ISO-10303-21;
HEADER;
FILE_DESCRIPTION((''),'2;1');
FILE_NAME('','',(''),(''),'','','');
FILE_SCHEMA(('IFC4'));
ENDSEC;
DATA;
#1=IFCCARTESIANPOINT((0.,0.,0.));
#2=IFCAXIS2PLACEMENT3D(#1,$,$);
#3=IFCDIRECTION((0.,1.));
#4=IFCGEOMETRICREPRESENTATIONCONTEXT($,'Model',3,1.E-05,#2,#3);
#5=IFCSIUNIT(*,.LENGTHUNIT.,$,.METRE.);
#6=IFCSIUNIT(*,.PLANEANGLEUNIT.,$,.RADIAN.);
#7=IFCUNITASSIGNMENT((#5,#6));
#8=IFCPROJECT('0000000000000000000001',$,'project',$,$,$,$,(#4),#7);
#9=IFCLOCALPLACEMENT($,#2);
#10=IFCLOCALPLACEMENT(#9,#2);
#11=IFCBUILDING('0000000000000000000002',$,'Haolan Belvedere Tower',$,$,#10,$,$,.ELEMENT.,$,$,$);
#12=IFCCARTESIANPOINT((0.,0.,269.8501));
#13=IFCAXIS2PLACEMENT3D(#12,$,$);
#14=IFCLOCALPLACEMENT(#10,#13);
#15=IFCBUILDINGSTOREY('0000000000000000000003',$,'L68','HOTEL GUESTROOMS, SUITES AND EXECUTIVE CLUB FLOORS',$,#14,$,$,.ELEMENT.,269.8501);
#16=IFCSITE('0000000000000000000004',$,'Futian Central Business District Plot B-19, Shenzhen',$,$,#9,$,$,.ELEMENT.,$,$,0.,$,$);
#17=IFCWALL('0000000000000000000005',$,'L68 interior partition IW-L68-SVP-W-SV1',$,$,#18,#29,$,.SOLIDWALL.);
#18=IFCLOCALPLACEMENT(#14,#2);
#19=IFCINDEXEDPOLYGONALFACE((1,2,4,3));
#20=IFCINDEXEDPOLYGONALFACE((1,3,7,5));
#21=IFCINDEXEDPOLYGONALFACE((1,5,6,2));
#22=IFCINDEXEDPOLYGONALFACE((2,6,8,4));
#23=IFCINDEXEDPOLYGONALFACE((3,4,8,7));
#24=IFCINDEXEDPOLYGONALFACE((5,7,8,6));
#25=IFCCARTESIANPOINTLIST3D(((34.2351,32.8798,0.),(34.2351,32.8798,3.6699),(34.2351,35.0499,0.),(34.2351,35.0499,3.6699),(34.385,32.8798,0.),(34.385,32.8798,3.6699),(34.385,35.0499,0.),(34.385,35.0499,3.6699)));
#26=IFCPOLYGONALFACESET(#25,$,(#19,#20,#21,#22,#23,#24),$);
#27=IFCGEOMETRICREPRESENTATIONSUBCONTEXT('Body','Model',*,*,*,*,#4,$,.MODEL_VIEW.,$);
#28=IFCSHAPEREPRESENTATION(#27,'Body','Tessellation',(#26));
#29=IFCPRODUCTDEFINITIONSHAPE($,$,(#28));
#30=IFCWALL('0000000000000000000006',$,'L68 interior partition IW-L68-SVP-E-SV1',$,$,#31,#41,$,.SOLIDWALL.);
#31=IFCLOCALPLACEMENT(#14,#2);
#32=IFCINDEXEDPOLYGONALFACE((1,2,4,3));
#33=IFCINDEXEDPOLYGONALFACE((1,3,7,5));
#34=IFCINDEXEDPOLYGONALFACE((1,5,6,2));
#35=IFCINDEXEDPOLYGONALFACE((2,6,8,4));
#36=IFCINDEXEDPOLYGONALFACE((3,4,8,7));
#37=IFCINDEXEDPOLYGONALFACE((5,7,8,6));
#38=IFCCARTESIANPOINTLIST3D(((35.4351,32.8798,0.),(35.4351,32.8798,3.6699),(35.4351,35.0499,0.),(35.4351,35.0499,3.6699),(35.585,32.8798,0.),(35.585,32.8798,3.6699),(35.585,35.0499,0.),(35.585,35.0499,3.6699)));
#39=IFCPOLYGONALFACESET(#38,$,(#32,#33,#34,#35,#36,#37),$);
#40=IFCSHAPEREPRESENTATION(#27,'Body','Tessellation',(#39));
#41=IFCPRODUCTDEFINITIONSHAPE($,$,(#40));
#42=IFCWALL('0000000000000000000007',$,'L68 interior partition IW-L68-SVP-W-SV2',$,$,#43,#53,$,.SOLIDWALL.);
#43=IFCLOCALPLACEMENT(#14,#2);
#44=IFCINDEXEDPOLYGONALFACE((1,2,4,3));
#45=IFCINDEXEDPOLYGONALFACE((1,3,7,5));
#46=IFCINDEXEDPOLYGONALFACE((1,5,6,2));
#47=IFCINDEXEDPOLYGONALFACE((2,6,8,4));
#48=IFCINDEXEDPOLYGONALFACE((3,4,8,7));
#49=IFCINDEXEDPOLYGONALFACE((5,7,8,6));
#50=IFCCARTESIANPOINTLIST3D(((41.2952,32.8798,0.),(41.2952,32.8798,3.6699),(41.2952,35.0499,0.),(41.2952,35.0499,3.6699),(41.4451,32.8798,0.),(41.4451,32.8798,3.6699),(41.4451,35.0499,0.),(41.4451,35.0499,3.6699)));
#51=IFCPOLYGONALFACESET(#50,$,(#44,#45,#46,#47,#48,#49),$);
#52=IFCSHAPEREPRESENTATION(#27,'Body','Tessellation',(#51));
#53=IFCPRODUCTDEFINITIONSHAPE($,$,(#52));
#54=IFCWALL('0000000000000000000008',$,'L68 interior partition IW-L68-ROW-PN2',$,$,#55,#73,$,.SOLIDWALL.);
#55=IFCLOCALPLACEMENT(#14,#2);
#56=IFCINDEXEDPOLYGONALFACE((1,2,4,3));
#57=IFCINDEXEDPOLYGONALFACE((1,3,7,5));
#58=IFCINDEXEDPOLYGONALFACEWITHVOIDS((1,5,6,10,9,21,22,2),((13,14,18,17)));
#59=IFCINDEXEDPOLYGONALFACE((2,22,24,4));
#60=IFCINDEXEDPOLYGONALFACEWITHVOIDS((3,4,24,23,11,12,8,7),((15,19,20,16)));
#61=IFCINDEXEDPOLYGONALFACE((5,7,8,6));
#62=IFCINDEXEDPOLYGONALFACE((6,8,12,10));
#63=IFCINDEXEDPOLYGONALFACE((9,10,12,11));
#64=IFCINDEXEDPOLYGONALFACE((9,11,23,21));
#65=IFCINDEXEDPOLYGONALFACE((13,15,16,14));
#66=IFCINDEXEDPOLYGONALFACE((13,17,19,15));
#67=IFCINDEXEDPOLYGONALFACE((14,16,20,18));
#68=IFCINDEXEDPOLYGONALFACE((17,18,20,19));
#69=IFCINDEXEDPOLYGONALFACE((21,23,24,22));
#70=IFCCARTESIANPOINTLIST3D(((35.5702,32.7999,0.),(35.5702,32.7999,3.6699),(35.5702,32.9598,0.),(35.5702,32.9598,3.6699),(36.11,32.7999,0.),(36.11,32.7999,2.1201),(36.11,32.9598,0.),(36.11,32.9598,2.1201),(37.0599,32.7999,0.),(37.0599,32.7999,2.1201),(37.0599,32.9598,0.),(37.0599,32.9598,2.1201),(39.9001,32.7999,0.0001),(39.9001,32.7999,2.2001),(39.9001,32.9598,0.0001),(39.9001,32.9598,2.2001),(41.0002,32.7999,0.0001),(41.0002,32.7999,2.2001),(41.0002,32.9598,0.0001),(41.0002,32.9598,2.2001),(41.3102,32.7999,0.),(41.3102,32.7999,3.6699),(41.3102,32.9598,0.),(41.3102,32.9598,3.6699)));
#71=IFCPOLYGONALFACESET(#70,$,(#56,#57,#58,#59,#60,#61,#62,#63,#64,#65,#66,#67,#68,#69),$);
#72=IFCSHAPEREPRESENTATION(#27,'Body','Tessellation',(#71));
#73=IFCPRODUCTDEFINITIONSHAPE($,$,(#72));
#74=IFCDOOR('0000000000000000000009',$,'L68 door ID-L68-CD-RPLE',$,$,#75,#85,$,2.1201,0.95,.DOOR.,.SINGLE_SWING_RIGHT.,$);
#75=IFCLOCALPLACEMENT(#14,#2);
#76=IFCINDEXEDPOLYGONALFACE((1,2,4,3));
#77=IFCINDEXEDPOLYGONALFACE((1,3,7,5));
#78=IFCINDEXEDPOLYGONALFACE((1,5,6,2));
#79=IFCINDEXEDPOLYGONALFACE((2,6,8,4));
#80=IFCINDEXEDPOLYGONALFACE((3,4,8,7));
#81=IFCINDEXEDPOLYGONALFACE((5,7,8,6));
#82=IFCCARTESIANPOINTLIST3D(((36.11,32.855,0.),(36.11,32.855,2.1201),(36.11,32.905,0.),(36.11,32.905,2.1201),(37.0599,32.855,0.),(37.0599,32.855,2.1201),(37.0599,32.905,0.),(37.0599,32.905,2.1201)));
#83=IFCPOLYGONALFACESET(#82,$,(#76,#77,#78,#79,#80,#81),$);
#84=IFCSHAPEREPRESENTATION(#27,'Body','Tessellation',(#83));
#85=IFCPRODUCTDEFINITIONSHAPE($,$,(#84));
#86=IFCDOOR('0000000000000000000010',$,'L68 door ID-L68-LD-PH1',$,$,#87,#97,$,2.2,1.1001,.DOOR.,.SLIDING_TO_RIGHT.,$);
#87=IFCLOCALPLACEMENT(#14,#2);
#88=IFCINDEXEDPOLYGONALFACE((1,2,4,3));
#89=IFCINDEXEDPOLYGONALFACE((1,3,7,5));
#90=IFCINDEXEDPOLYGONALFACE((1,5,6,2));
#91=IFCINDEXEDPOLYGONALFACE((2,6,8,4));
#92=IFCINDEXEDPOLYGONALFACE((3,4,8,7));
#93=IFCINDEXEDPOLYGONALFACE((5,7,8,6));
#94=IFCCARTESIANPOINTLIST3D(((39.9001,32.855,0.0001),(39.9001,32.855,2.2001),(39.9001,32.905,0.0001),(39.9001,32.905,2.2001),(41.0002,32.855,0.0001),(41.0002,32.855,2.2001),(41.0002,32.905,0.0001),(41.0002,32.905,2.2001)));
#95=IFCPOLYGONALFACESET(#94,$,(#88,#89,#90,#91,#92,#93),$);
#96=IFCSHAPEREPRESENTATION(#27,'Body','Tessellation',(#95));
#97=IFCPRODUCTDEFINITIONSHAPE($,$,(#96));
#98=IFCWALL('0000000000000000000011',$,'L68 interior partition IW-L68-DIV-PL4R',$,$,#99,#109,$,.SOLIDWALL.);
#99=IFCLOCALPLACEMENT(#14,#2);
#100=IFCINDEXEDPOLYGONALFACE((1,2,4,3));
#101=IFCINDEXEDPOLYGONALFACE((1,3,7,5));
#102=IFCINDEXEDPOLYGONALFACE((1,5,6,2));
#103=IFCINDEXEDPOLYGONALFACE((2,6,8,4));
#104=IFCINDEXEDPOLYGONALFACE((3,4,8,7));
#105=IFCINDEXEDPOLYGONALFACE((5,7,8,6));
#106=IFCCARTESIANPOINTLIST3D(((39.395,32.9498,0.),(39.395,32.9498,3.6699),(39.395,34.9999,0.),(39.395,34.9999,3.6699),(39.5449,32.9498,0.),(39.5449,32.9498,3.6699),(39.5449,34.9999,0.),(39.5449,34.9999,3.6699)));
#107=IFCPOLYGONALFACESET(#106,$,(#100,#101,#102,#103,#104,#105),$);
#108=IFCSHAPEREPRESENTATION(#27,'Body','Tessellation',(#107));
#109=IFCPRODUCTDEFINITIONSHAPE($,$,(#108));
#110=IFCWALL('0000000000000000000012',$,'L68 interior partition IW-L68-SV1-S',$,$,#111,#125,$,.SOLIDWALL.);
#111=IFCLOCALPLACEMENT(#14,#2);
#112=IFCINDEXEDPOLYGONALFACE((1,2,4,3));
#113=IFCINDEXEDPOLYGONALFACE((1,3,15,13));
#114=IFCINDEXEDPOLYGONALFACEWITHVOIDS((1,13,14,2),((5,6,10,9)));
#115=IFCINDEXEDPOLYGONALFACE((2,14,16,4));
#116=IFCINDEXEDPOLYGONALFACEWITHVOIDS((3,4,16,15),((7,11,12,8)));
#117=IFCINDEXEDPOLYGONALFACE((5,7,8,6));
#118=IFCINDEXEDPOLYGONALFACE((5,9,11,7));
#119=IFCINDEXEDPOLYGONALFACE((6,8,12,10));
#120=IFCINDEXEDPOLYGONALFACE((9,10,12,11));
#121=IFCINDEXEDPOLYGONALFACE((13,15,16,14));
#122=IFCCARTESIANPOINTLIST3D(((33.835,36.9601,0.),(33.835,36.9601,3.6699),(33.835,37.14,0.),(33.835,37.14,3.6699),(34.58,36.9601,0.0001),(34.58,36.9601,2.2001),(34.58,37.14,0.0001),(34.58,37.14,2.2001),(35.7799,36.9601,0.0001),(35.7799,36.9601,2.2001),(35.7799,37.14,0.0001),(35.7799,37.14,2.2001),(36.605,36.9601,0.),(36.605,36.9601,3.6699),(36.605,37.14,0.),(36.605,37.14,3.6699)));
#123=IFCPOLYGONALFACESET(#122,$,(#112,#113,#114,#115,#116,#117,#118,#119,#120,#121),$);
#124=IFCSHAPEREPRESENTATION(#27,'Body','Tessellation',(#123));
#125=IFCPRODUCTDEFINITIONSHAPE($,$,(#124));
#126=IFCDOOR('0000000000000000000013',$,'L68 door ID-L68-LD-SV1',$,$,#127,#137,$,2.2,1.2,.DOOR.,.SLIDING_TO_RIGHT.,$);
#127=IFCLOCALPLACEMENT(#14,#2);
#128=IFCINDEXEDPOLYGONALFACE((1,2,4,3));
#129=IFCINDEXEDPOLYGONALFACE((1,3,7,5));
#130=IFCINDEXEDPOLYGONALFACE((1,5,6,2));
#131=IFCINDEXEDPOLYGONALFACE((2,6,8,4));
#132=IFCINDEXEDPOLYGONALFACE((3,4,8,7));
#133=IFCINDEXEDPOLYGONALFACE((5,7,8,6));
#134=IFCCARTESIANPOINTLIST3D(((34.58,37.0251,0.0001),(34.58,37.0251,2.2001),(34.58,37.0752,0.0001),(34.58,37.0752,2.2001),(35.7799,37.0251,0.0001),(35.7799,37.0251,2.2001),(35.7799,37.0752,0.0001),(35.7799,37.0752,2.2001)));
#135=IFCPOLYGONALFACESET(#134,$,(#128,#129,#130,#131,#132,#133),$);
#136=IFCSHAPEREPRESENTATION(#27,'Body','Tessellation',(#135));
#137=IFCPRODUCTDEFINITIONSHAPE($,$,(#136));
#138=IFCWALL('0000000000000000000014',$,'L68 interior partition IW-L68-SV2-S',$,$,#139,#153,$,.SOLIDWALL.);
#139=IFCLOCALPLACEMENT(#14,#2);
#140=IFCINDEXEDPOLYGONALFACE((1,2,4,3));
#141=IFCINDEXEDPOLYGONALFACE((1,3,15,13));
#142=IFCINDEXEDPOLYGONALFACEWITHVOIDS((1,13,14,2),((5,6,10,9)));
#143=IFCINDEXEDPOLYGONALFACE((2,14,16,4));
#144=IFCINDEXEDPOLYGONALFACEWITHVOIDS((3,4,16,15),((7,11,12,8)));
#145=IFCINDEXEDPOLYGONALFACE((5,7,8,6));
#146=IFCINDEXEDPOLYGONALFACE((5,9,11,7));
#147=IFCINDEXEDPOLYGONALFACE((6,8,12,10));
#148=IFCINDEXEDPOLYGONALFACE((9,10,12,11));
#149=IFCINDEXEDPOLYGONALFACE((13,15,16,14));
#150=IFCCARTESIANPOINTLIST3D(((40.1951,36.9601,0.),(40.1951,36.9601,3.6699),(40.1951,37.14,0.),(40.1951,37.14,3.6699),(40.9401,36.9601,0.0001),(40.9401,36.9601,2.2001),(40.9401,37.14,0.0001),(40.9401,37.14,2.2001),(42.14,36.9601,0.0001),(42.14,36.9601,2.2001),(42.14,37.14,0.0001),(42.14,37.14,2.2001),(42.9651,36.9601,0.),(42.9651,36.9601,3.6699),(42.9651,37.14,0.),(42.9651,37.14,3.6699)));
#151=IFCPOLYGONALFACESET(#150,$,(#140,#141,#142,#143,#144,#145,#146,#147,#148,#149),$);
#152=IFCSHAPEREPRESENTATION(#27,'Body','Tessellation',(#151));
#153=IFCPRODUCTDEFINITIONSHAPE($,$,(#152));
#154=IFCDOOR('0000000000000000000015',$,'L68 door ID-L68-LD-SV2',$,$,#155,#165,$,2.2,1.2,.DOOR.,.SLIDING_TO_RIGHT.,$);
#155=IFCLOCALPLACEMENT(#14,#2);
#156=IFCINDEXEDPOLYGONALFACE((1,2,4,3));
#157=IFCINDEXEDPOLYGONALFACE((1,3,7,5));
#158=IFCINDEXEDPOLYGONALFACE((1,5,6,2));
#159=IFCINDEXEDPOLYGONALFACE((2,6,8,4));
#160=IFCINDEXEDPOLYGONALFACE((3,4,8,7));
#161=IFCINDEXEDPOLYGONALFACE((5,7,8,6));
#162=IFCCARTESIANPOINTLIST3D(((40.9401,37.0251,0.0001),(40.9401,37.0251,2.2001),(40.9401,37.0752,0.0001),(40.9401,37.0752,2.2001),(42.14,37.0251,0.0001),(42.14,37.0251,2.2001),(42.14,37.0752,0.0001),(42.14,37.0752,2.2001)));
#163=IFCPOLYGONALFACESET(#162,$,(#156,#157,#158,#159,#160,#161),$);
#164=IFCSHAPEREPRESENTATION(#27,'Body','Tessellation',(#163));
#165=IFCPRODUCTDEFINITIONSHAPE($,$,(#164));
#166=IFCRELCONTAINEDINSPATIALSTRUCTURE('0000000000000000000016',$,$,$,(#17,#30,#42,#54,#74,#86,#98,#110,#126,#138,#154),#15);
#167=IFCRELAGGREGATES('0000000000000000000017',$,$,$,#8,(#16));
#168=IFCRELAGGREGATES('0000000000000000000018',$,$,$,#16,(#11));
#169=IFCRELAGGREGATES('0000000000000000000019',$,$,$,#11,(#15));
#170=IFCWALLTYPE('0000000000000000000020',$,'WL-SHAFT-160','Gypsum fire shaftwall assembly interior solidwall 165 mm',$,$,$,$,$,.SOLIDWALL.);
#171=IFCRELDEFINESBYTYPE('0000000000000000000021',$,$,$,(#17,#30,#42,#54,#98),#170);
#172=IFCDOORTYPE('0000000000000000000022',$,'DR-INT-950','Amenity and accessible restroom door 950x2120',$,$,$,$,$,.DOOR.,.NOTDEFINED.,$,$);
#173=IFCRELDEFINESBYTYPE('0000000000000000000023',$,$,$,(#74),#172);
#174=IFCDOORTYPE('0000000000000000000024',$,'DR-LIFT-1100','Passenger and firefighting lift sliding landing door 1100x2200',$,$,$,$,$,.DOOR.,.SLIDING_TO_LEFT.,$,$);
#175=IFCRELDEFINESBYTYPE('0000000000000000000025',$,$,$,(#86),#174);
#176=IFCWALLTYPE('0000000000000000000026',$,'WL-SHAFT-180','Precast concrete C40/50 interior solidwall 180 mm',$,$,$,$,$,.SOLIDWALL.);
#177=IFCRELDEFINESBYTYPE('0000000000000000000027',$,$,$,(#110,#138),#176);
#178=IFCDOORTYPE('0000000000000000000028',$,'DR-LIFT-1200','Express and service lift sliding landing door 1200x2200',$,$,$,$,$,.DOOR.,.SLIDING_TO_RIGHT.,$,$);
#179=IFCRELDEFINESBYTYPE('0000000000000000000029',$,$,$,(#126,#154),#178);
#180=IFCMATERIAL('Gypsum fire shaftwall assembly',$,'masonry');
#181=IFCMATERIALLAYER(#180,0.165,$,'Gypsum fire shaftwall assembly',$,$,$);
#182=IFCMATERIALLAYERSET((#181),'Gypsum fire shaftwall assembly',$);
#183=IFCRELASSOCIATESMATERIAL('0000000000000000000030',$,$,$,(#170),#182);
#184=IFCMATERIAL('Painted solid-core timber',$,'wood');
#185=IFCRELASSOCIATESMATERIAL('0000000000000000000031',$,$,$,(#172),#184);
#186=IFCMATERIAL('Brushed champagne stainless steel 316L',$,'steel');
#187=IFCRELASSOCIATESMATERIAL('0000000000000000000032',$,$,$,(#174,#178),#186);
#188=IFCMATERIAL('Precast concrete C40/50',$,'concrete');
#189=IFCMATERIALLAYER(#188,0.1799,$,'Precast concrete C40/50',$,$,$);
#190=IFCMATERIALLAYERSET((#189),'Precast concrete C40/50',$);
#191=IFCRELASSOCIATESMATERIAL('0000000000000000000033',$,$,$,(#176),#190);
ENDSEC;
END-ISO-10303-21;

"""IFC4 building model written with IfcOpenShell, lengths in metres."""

from ifc_helpers import new_model, si_unit, direction, frame, frame_2d, origin, place, context, subcontext, project, spatial, rectangle, extrude, material, layer, layer_set, type_object, element, fill, save


model = new_model("IFC4")

# Units and contexts
model_context = context("Model", 3, precision=1e-05, world=origin(), true_north=direction((0.0, 1.0)))
body_context = subcontext(model_context, "Body", "Model", "MODEL_VIEW")
ifc_project = project(units=[si_unit("LENGTHUNIT", "METRE"), si_unit("PLANEANGLEUNIT", "RADIAN")], contexts=[model_context])

# Site, building, storey
site_placement = place(None, origin())
site = spatial("IfcSite", under=ifc_project, at=site_placement, Name="Futian Central Business District Plot B-19, Shenzhen", CompositionType="ELEMENT", RefElevation=0.0)
building_placement = place(site_placement, origin())
building = spatial("IfcBuilding", under=site, at=building_placement, Name="Haolan Belvedere Tower", CompositionType="ELEMENT")
storey_placement = place(building_placement, frame((0.0, 0.0, 269.8501)))
storey = spatial("IfcBuildingStorey", under=building, at=storey_placement, Name="L68", Description="HOTEL GUESTROOMS, SUITES AND EXECUTIVE CLUB FLOORS", CompositionType="ELEMENT", Elevation=269.8501)

# Walls
ifc_material_1 = material(Name="Gypsum fire shaftwall assembly", Category="masonry")
ifc_layer_1 = layer(ifc_material_1, 0.165, Name="Gypsum fire shaftwall assembly")
ifc_layer_set_1 = layer_set([ifc_layer_1], Name="Gypsum fire shaftwall assembly")
wall_type_1 = type_object("IfcWallType", Name="WL-SHAFT-160", Description="Gypsum fire shaftwall assembly interior solidwall 165 mm", PredefinedType="SOLIDWALL", material=ifc_layer_set_1)
for number, where, z_axis, x_axis, name in (
    (1, (34.3101, 32.8799, 0.0), (0.0, 0.0, 1.0), (0.0, 1.0, 0.0), "L68 interior partition IW-L68-SVP-W-SV1"),
    (2, (35.51, 32.8799, 0.0), (0.0, 0.0, 1.0), (0.0, 1.0, 0.0), "L68 interior partition IW-L68-SVP-E-SV1"),
    (3, (41.3701, 32.8799, 0.0), (0.0, 0.0, 1.0), (0.0, 1.0, 0.0), "L68 interior partition IW-L68-SVP-W-SV2"),
):
    element("IfcWall", number, at=place(storey_placement, frame(where, z_axis=z_axis, x_axis=x_axis)), inside=storey, type_object=wall_type_1, Name=name, PredefinedType="SOLIDWALL", context=body_context, shape_type="SweptSolid", body=[
        extrude(rectangle(XDim=2.1702, YDim=0.1499, at=frame_2d((1.085, 0.0))), origin(), (0.0, 0.0, 1.0), 3.6699),
    ])

# Wall, openings, doors
wall_1_placement = place(storey_placement, frame((35.5701, 32.8799, 0.0), z_axis=(0.0, 0.0, 1.0), x_axis=(1.0, 0.0, 0.0)))
wall_1 = element("IfcWall", 4, at=wall_1_placement, inside=storey, type_object=wall_type_1, Name="L68 interior partition IW-L68-ROW-PN2", PredefinedType="SOLIDWALL", context=body_context, shape_type="SweptSolid", body=[
    extrude(rectangle(XDim=5.74, YDim=0.1599, at=frame_2d((2.8701, 0.0))), origin(), (0.0, 0.0, 1.0), 3.6699),
])
opening_1_placement = place(wall_1_placement, frame((1.49, 0.0, 0.0), z_axis=(0.0, 0.0, 1.0), x_axis=(-1.0, 0.0, 0.0)))
opening_1 = element("IfcOpeningElement", 5, at=opening_1_placement, cuts=wall_1, PredefinedType="OPENING", context=body_context, shape_type="SweptSolid", body=[
    extrude(rectangle(XDim=0.95, YDim=2.1201, at=frame_2d((0.4751, 1.0601))), frame((0.0, 0.0898, 0.0), z_axis=(0.0, -1.0, 0.0), x_axis=(1.0, 0.0, 0.0)), (0.0, 0.0, 1.0), 0.1799),
])
opening_2_placement = place(wall_1_placement, frame((5.4302, 0.0, 0.0), z_axis=(0.0, 0.0, 1.0), x_axis=(-1.0, 0.0, 0.0)))
opening_2 = element("IfcOpeningElement", 6, at=opening_2_placement, cuts=wall_1, PredefinedType="OPENING", context=body_context, shape_type="SweptSolid", body=[
    extrude(rectangle(XDim=1.1001, YDim=2.2, at=frame_2d((0.55, 1.1001))), frame((0.0, 0.0898, 0.0), z_axis=(0.0, -1.0, 0.0), x_axis=(1.0, 0.0, 0.0)), (0.0, 0.0, 1.0), 0.1799),
])
ifc_material_2 = material(Name="Painted solid-core timber", Category="wood")
door_type_1 = type_object("IfcDoorType", Name="DR-INT-950", Description="Amenity and accessible restroom door 950x2120", OperationType="NOTDEFINED", PredefinedType="DOOR", material=ifc_material_2)
door_1_placement = place(opening_1_placement, origin())
door_1 = element("IfcDoor", 7, at=door_1_placement, inside=storey, type_object=door_type_1, Name="L68 door ID-L68-CD-RPLE", OperationType="SINGLE_SWING_RIGHT", OverallHeight=2.1201, OverallWidth=0.95, PredefinedType="DOOR", context=body_context, shape_type="SweptSolid", body=[
    extrude(rectangle(XDim=0.95, YDim=2.1201, at=frame_2d((0.4751, 1.0601))), frame((0.0, 0.0249, 0.0), z_axis=(0.0, -1.0, 0.0), x_axis=(1.0, 0.0, 0.0)), (0.0, 0.0, 1.0), 0.05),
])
fill(opening_1, door_1)
ifc_material_3 = material(Name="Brushed champagne stainless steel 316L", Category="steel")
door_type_2 = type_object("IfcDoorType", Name="DR-LIFT-1100", Description="Passenger and firefighting lift sliding landing door 1100x2200", OperationType="SLIDING_TO_LEFT", PredefinedType="DOOR", material=ifc_material_3)
door_2_placement = place(opening_2_placement, origin())
door_2 = element("IfcDoor", 8, at=door_2_placement, inside=storey, type_object=door_type_2, Name="L68 door ID-L68-LD-PH1", OperationType="SLIDING_TO_RIGHT", OverallHeight=2.2, OverallWidth=1.1001, PredefinedType="DOOR", context=body_context, shape_type="SweptSolid", body=[
    extrude(rectangle(XDim=1.1001, YDim=2.2, at=frame_2d((0.55, 1.1001))), frame((0.0, 0.0249, 0.0), z_axis=(0.0, -1.0, 0.0), x_axis=(1.0, 0.0, 0.0)), (0.0, 0.0, 1.0), 0.05),
])
fill(opening_2, door_2)

# Wall
wall_2_placement = place(storey_placement, frame((39.47, 32.95, 0.0), z_axis=(0.0, 0.0, 1.0), x_axis=(0.0, 1.0, 0.0)))
element("IfcWall", 9, at=wall_2_placement, inside=storey, type_object=wall_type_1, Name="L68 interior partition IW-L68-DIV-PL4R", PredefinedType="SOLIDWALL", context=body_context, shape_type="SweptSolid", body=[
    extrude(rectangle(XDim=2.05, YDim=0.1499, at=frame_2d((1.0249, 0.0))), origin(), (0.0, 0.0, 1.0), 3.6699),
])

# Walls, openings, doors
ifc_material_4 = material(Name="Precast concrete C40/50", Category="concrete")
ifc_layer_2 = layer(ifc_material_4, 0.1799, Name="Precast concrete C40/50")
ifc_layer_set_2 = layer_set([ifc_layer_2], Name="Precast concrete C40/50")
wall_type_2 = type_object("IfcWallType", Name="WL-SHAFT-180", Description="Precast concrete C40/50 interior solidwall 180 mm", PredefinedType="SOLIDWALL", material=ifc_layer_set_2)
wall_3_placement = place(storey_placement, frame((33.835, 37.05, 0.0), z_axis=(0.0, 0.0, 1.0), x_axis=(1.0, 0.0, 0.0)))
wall_3 = element("IfcWall", 10, at=wall_3_placement, inside=storey, type_object=wall_type_2, Name="L68 interior partition IW-L68-SV1-S", PredefinedType="SOLIDWALL", context=body_context, shape_type="SweptSolid", body=[
    extrude(rectangle(XDim=2.77, YDim=0.1799, at=frame_2d((1.385, 0.0))), origin(), (0.0, 0.0, 1.0), 3.6699),
])
opening_3_placement = place(wall_3_placement, frame((1.9451, 0.0, 0.0), z_axis=(0.0, 0.0, 1.0), x_axis=(-1.0, 0.0, 0.0)))
opening_3 = element("IfcOpeningElement", 11, at=opening_3_placement, cuts=wall_3, PredefinedType="OPENING", context=body_context, shape_type="SweptSolid", body=[
    extrude(rectangle(XDim=1.2, YDim=2.2, at=frame_2d((0.6001, 1.1001))), frame((0.0, 0.0999, 0.0), z_axis=(0.0, -1.0, 0.0), x_axis=(1.0, 0.0, 0.0)), (0.0, 0.0, 1.0), 0.2),
])
door_type_3 = type_object("IfcDoorType", Name="DR-LIFT-1200", Description="Express and service lift sliding landing door 1200x2200", OperationType="SLIDING_TO_RIGHT", PredefinedType="DOOR", material=ifc_material_3)
door_3_placement = place(opening_3_placement, origin())
door_3 = element("IfcDoor", 12, at=door_3_placement, inside=storey, type_object=door_type_3, Name="L68 door ID-L68-LD-SV1", OperationType="SLIDING_TO_RIGHT", OverallHeight=2.2, OverallWidth=1.2, PredefinedType="DOOR", context=body_context, shape_type="SweptSolid", body=[
    extrude(rectangle(XDim=1.2, YDim=2.2, at=frame_2d((0.6001, 1.1001))), frame((0.0, 0.0249, 0.0), z_axis=(0.0, -1.0, 0.0), x_axis=(1.0, 0.0, 0.0)), (0.0, 0.0, 1.0), 0.05),
])
fill(opening_3, door_3)
wall_4_placement = place(storey_placement, frame((40.1951, 37.05, 0.0), z_axis=(0.0, 0.0, 1.0), x_axis=(1.0, 0.0, 0.0)))
wall_4 = element("IfcWall", 13, at=wall_4_placement, inside=storey, type_object=wall_type_2, Name="L68 interior partition IW-L68-SV2-S", PredefinedType="SOLIDWALL", context=body_context, shape_type="SweptSolid", body=[
    extrude(rectangle(XDim=2.77, YDim=0.1799, at=frame_2d((1.385, 0.0))), origin(), (0.0, 0.0, 1.0), 3.6699),
])
opening_4_placement = place(wall_4_placement, frame((1.9451, 0.0, 0.0), z_axis=(0.0, 0.0, 1.0), x_axis=(-1.0, 0.0, 0.0)))
opening_4 = element("IfcOpeningElement", 14, at=opening_4_placement, cuts=wall_4, PredefinedType="OPENING", context=body_context, shape_type="SweptSolid", body=[
    extrude(rectangle(XDim=1.2, YDim=2.2, at=frame_2d((0.6001, 1.1001))), frame((0.0, 0.0999, 0.0), z_axis=(0.0, -1.0, 0.0), x_axis=(1.0, 0.0, 0.0)), (0.0, 0.0, 1.0), 0.2),
])
door_4_placement = place(opening_4_placement, origin())
door_4 = element("IfcDoor", 15, at=door_4_placement, inside=storey, type_object=door_type_3, Name="L68 door ID-L68-LD-SV2", OperationType="SLIDING_TO_RIGHT", OverallHeight=2.2, OverallWidth=1.2, PredefinedType="DOOR", context=body_context, shape_type="SweptSolid", body=[
    extrude(rectangle(XDim=1.2, YDim=2.2, at=frame_2d((0.6001, 1.1001))), frame((0.0, 0.0249, 0.0), z_axis=(0.0, -1.0, 0.0), x_axis=(1.0, 0.0, 0.0)), (0.0, 0.0, 1.0), 0.05),
])
fill(opening_4, door_4)

save(model, "model.ifc")
